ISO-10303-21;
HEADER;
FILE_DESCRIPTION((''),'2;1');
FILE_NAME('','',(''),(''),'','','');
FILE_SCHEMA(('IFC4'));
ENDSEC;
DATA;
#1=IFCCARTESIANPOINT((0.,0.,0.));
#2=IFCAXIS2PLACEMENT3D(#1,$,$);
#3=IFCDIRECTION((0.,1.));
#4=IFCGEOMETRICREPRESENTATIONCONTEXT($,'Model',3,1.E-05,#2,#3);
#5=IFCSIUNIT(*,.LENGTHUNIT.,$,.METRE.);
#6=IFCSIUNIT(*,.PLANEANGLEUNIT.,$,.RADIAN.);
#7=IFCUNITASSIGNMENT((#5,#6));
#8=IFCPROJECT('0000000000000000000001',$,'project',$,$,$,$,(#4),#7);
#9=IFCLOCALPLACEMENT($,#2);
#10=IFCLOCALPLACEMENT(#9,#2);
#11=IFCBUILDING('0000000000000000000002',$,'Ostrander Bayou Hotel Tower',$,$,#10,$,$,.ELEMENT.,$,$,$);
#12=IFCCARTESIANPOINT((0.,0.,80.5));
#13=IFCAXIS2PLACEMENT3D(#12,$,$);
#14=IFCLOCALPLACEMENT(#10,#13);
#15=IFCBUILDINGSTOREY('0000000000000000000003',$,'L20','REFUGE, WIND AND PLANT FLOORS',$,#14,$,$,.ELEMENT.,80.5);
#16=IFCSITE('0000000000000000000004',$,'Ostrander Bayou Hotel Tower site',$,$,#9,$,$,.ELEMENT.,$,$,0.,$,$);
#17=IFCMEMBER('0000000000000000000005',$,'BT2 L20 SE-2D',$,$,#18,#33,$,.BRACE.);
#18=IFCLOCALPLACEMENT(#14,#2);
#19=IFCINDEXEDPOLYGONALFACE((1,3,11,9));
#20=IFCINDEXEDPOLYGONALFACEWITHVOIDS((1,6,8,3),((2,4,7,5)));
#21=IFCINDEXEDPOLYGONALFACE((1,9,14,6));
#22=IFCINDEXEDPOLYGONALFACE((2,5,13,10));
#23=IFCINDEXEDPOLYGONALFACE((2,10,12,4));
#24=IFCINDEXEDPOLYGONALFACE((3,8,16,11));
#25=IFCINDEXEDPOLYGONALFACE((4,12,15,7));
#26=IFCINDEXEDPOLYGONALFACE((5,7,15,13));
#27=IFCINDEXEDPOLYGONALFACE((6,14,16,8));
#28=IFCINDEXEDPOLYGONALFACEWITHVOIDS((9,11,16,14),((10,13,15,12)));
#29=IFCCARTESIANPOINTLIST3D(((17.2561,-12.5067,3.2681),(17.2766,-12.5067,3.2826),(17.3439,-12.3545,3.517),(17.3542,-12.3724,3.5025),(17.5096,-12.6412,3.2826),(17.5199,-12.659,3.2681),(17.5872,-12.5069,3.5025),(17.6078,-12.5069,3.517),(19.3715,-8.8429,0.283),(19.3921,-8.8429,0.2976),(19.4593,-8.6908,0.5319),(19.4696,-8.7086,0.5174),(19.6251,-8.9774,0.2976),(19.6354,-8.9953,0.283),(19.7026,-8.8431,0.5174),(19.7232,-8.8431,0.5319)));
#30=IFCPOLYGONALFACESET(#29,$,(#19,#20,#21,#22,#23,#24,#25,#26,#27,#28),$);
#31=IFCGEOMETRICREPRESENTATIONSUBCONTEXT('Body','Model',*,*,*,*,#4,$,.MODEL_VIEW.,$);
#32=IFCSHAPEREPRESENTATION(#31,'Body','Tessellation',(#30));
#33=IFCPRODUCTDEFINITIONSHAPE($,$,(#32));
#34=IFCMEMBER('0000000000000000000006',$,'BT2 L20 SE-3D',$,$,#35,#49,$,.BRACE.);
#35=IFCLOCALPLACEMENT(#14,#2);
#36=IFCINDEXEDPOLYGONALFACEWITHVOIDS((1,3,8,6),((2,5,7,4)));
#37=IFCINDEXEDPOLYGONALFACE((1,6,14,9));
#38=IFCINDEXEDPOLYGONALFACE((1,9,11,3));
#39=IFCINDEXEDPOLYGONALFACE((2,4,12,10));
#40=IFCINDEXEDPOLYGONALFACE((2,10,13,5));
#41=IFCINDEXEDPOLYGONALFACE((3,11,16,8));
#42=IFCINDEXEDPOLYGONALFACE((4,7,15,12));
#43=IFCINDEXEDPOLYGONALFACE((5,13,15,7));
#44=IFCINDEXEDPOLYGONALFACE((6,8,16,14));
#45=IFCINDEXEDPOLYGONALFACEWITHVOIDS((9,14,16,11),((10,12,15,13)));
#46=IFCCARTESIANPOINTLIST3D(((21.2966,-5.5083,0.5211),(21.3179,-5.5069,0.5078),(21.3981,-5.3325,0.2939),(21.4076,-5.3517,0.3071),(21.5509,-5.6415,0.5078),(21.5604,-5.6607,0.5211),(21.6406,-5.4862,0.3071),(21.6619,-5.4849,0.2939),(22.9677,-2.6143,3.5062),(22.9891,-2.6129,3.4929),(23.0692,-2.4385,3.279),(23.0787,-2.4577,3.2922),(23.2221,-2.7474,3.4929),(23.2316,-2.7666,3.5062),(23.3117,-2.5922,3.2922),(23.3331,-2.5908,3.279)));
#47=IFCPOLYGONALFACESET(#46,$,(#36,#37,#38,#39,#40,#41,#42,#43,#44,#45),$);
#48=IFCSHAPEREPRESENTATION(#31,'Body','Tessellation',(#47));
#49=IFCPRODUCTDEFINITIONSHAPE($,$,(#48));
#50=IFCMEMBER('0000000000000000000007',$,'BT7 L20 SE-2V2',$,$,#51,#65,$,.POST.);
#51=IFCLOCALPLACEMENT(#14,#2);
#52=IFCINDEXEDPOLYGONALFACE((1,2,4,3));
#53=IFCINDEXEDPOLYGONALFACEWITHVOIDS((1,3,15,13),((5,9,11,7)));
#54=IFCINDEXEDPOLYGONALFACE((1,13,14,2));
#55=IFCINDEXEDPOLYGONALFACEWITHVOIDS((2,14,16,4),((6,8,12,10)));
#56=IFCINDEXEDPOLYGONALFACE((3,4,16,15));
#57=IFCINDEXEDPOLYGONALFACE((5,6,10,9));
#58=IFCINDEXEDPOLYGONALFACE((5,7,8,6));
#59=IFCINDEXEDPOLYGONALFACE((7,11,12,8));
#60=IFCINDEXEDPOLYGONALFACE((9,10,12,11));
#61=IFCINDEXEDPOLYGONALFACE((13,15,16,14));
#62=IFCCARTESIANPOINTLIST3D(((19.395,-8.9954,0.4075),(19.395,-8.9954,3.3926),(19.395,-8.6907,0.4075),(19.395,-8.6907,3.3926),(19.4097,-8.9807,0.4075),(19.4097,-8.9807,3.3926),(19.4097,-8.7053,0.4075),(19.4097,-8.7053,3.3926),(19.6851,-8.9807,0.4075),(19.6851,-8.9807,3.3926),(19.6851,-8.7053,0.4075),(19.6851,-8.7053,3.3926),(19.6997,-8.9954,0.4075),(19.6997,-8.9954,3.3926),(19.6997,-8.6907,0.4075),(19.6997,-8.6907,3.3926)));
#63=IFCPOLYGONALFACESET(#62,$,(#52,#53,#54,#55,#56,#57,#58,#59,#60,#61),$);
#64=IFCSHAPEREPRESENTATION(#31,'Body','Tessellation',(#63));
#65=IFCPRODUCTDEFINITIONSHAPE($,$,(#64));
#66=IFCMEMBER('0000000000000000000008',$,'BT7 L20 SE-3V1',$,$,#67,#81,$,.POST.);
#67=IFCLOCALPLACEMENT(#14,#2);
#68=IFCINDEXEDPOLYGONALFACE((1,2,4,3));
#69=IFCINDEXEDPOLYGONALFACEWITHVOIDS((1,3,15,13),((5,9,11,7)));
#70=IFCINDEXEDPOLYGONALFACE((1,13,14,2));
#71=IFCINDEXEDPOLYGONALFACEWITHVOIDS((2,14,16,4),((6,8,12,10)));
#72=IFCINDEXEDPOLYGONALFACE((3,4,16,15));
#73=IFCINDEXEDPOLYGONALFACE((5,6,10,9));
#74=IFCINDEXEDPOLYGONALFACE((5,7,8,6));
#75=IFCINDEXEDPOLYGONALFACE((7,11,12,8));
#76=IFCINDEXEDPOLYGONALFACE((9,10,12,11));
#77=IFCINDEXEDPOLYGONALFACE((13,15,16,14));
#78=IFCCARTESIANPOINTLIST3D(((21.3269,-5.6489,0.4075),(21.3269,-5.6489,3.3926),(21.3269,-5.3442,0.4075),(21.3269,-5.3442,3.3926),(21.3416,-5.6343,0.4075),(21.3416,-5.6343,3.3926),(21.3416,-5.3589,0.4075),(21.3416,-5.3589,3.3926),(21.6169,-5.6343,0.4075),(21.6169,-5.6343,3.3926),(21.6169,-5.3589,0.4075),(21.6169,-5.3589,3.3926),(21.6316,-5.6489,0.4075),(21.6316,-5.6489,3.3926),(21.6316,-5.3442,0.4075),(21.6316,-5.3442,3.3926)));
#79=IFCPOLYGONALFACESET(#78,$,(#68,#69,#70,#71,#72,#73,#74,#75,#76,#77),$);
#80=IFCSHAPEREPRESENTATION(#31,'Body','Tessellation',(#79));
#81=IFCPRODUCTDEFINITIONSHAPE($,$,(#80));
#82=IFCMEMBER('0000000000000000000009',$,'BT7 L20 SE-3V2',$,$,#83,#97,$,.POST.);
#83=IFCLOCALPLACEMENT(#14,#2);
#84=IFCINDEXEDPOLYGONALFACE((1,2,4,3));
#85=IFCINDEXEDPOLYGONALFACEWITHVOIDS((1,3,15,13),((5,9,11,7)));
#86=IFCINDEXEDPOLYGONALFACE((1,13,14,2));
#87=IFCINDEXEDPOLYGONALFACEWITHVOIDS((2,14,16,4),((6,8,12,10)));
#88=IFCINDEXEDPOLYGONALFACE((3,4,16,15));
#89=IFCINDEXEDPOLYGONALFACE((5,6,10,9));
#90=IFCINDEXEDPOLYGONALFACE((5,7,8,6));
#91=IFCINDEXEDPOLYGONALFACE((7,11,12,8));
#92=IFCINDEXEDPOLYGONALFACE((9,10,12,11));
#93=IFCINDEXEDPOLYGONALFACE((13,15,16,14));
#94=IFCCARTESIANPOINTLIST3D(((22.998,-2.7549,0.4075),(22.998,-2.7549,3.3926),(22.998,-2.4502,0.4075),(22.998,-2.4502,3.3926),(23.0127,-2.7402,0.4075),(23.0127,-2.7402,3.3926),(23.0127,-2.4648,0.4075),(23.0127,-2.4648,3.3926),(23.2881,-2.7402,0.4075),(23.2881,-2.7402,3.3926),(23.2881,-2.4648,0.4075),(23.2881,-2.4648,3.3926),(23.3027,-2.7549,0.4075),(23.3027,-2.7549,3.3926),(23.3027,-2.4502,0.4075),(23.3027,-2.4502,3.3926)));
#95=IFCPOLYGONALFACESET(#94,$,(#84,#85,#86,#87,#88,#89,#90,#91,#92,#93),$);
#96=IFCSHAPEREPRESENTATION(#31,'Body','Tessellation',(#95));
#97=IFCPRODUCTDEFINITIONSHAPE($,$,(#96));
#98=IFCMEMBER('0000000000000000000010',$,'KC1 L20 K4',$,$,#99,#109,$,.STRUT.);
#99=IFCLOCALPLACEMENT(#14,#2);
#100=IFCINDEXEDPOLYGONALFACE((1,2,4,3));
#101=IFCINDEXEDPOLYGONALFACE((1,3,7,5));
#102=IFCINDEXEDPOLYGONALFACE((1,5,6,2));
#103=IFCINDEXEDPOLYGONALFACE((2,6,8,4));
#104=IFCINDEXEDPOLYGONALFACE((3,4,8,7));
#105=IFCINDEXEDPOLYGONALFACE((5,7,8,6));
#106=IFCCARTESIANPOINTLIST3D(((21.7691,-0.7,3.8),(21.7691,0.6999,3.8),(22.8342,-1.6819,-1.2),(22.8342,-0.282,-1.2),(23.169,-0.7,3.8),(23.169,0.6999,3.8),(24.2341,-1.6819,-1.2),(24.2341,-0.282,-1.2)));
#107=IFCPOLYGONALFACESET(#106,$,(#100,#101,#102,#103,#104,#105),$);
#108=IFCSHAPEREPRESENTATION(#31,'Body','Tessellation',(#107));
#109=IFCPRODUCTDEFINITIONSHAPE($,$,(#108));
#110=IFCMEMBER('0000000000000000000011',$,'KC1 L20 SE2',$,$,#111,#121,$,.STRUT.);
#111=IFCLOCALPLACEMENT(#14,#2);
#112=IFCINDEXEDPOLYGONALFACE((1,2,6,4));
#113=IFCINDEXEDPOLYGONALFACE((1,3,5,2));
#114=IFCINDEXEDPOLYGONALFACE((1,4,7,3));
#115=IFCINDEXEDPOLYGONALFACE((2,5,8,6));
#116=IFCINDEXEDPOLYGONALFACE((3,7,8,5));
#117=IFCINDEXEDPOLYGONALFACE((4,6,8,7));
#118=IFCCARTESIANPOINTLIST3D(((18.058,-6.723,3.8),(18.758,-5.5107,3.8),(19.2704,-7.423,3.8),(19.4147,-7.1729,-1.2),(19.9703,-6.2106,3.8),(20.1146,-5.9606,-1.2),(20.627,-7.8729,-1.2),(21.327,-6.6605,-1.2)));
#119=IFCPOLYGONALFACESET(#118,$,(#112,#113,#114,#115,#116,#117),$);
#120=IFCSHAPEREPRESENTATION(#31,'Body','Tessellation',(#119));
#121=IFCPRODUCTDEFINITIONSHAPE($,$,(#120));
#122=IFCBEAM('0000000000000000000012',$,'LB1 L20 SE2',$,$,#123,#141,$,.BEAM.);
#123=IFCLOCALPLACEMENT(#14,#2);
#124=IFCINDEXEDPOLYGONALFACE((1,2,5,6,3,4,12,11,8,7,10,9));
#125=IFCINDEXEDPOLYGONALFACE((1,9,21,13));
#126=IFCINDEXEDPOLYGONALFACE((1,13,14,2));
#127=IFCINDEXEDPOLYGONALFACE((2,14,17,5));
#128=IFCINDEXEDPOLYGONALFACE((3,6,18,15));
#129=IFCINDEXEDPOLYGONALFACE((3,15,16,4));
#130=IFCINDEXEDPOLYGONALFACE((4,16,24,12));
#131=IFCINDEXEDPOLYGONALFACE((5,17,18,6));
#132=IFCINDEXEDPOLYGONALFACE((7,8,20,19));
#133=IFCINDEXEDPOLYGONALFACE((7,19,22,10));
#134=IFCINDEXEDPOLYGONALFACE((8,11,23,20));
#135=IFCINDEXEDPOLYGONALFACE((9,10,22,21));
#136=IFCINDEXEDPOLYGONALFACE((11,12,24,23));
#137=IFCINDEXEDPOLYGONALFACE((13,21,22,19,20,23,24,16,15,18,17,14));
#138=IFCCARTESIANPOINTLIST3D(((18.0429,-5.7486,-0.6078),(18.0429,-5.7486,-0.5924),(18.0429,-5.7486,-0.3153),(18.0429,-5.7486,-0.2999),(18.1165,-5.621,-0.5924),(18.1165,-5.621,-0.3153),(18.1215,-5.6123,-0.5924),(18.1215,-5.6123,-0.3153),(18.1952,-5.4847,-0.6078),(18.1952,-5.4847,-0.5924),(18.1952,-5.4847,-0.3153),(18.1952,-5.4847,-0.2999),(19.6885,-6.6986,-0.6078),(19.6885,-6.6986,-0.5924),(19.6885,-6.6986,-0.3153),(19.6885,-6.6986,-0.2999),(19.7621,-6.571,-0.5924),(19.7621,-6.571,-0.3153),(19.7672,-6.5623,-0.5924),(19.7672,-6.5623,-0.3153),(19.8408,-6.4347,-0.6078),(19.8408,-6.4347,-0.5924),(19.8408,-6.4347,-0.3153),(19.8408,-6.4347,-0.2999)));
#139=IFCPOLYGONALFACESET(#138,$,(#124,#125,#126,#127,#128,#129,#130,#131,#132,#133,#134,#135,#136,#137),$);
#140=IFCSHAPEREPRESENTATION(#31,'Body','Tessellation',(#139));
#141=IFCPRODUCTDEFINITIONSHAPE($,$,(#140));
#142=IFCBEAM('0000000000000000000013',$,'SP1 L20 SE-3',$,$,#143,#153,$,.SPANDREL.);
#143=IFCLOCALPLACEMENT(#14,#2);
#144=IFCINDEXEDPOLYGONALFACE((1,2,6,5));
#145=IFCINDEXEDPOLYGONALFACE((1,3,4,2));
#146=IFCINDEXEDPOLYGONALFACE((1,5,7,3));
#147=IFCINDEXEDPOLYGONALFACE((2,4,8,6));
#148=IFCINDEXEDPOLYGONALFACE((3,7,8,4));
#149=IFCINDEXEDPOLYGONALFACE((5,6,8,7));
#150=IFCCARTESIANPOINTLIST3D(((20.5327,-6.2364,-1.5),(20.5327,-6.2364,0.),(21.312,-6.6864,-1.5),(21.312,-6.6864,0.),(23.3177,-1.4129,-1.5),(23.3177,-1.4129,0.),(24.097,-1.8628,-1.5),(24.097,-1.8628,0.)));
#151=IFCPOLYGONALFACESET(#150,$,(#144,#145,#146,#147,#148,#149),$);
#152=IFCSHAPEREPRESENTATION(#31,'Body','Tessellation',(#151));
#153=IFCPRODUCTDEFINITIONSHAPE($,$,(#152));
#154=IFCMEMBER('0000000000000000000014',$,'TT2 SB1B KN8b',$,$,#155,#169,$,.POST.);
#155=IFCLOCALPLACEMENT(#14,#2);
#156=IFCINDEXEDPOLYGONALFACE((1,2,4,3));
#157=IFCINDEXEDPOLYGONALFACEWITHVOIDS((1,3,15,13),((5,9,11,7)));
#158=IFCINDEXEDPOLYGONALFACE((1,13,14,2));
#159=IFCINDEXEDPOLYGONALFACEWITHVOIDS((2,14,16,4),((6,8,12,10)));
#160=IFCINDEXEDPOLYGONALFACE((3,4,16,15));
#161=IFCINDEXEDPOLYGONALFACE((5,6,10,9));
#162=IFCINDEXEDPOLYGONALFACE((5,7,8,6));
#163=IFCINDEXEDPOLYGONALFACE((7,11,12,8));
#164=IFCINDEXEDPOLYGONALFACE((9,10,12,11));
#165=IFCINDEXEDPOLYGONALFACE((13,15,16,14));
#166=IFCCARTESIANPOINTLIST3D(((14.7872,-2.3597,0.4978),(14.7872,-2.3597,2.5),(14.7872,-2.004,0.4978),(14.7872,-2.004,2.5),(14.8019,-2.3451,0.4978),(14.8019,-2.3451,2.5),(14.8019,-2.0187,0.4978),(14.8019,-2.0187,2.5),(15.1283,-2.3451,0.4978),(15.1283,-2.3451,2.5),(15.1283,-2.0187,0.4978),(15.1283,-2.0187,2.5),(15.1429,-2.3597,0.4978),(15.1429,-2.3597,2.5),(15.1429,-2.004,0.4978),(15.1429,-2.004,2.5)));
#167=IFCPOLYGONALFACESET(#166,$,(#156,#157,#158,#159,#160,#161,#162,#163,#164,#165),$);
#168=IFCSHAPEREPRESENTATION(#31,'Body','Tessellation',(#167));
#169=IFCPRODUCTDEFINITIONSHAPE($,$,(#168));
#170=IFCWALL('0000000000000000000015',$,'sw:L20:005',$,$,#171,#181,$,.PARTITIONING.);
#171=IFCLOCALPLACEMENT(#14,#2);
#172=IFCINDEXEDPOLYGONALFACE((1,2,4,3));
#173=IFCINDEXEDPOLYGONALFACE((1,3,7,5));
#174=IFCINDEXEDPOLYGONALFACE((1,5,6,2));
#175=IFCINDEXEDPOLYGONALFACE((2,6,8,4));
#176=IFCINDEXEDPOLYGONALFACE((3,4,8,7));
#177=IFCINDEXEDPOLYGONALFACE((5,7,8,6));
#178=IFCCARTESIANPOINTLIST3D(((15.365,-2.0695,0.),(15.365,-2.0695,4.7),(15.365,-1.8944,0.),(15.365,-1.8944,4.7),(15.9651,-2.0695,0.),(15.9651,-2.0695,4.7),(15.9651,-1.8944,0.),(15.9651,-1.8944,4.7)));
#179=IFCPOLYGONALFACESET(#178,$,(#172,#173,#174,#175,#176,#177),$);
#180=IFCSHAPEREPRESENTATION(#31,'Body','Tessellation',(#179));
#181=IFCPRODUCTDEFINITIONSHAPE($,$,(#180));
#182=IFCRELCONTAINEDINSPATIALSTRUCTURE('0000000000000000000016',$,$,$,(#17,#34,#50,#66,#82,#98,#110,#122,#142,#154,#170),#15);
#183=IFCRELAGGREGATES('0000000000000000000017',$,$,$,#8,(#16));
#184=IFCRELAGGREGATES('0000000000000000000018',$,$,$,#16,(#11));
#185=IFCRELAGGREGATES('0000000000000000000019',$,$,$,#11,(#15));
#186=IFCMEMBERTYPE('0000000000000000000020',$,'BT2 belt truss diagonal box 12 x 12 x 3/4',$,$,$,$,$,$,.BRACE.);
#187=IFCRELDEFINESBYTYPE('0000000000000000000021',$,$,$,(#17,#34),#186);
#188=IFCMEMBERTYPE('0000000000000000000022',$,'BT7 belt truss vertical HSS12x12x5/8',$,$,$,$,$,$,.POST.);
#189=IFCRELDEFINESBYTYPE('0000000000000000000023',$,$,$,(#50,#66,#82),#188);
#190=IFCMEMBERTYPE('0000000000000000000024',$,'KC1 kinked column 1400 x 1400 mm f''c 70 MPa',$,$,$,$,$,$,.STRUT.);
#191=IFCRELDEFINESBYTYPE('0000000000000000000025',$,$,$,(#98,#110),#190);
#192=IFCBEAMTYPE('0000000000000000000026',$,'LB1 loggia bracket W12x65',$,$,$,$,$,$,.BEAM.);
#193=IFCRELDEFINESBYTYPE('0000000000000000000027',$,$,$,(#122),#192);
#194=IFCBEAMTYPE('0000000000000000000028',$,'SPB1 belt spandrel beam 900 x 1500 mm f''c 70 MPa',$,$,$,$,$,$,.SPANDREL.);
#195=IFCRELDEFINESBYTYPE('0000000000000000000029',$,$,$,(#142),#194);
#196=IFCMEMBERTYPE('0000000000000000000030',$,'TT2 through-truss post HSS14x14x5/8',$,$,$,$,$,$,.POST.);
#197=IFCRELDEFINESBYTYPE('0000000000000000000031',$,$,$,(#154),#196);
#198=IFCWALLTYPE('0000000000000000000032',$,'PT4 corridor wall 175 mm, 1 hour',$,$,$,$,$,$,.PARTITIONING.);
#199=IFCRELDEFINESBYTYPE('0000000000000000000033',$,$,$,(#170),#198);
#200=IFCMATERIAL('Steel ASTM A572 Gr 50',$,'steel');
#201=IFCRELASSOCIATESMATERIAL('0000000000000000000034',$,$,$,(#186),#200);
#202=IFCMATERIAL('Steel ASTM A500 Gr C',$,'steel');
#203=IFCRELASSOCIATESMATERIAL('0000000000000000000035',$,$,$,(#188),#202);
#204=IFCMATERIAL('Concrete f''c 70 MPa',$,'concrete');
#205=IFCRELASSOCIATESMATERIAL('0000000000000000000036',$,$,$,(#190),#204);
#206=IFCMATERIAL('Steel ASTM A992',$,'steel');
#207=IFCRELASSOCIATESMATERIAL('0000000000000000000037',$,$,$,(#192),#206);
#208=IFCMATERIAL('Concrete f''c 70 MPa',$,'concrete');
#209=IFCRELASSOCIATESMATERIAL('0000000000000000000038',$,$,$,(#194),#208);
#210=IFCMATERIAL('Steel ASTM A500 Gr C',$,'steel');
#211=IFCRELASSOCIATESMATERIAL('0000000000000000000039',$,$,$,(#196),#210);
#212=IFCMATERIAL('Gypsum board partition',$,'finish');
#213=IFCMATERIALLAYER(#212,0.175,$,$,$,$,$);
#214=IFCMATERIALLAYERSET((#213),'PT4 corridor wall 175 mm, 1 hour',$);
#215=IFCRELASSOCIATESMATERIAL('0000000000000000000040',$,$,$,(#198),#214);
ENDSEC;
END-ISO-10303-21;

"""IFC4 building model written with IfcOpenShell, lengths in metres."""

from ifc_helpers import new_model, si_unit, direction, frame, frame_2d, origin, origin_2d, place, context, subcontext, project, spatial, rectangle, hollow_rectangle, i_section, extrude, material, layer, layer_set, material_profile, profile_set, type_object, element, save


model = new_model("IFC4")

# Units and contexts
model_context = context("Model", 3, precision=1e-05, world=origin(), true_north=direction((0.0, 1.0)))
body_context = subcontext(model_context, "Body", "Model", "MODEL_VIEW")
ifc_project = project(units=[si_unit("LENGTHUNIT", "METRE"), si_unit("PLANEANGLEUNIT", "RADIAN")], contexts=[model_context])

# Site, building, storey
site_placement = place(None, origin())
site = spatial("IfcSite", under=ifc_project, at=site_placement, Name="Ostrander Bayou Hotel Tower site", CompositionType="ELEMENT", RefElevation=0.0)
building_placement = place(site_placement, origin())
building = spatial("IfcBuilding", under=site, at=building_placement, Name="Ostrander Bayou Hotel Tower", CompositionType="ELEMENT")
storey_placement = place(building_placement, frame((0.0, 0.0, 80.5)))
storey = spatial("IfcBuildingStorey", under=building, at=storey_placement, Name="L20", Description="REFUGE, WIND AND PLANT FLOORS", CompositionType="ELEMENT", Elevation=80.5)

# Members
ifc_material_1 = material(Name="Steel ASTM A572 Gr 50", Category="steel")
ifc_material_profile_1 = material_profile(ifc_material_1, hollow_rectangle(XDim=0.3047, YDim=0.3047, WallThickness=0.0178, at=origin_2d()))
ifc_profile_set_1 = profile_set([ifc_material_profile_1], Name="Steel ASTM A572 Gr 50")
member_type_1 = type_object("IfcMemberType", Name="BT2 belt truss diagonal box 12 x 12 x 3/4", PredefinedType="BRACE", material=ifc_profile_set_1)
member_1_placement = place(storey_placement, frame((19.5474, -8.843, 0.4075), z_axis=(-0.408567, -0.7076, 0.57652), x_axis=(0.866008, -0.50003, 0.0)))
element("IfcMember", 1, at=member_1_placement, inside=storey, type_object=member_type_1, Name="BT2 L20 SE-2D", PredefinedType="BRACE", context=body_context, shape_type="SweptSolid", body=[
    extrude(hollow_rectangle(XDim=0.3047, YDim=0.3047, WallThickness=0.0178, at=origin_2d()), origin(), (0.0, 0.0, 1.0), 5.1777),
])
member_2_placement = place(storey_placement, frame((21.4792, -5.4966, 0.4075), z_axis=(0.372942, 0.645852, 0.666175), x_axis=(-0.865991, 0.50006, 0.0)))
element("IfcMember", 2, at=member_2_placement, inside=storey, type_object=member_type_1, Name="BT2 L20 SE-3D", PredefinedType="BRACE", context=body_context, shape_type="SweptSolid", body=[
    extrude(hollow_rectangle(XDim=0.3047, YDim=0.3047, WallThickness=0.0178, at=origin_2d()), origin(), (0.0, 0.0, 1.0), 4.481),
])
ifc_material_2 = material(Name="Steel ASTM A500 Gr C", Category="steel")
ifc_material_profile_2 = material_profile(ifc_material_2, hollow_rectangle(XDim=0.3047, YDim=0.3047, WallThickness=0.0146, at=origin_2d()))
ifc_profile_set_2 = profile_set([ifc_material_profile_2], Name="Steel ASTM A500 Gr C")
member_type_2 = type_object("IfcMemberType", Name="BT7 belt truss vertical HSS12x12x5/8", PredefinedType="POST", material=ifc_profile_set_2)
for number, where, z_axis, x_axis, name in (
    (3, (19.5474, -8.843, 0.4075), (0.0, 0.0, 1.0), (1.0, 0.0, 0.0), "BT7 L20 SE-2V2"),
    (4, (21.4792, -5.4966, 0.4075), (0.0, 0.0, 1.0), (1.0, 0.0, 0.0), "BT7 L20 SE-3V1"),
    (5, (23.1504, -2.6025, 0.4075), (0.0, 0.0, 1.0), (1.0, 0.0, 0.0), "BT7 L20 SE-3V2"),
):
    element("IfcMember", number, at=place(storey_placement, frame(where, z_axis=z_axis, x_axis=x_axis)), inside=storey, type_object=member_type_2, Name=name, PredefinedType="POST", context=body_context, shape_type="SweptSolid", body=[
        extrude(hollow_rectangle(XDim=0.3047, YDim=0.3047, WallThickness=0.0146, at=origin_2d()), origin(), (0.0, 0.0, 1.0), 2.9851),
    ])
ifc_material_3 = material(Name="Concrete f'c 70 MPa", Category="concrete")
ifc_material_profile_3 = material_profile(ifc_material_3, rectangle(XDim=1.3999, YDim=1.3999, at=origin_2d()))
ifc_profile_set_3 = profile_set([ifc_material_profile_3], Name="Concrete f'c 70 MPa")
member_type_3 = type_object("IfcMemberType", Name="KC1 kinked column 1400 x 1400 mm f'c 70 MPa", PredefinedType="STRUT", material=ifc_profile_set_3)
member_3_placement = place(storey_placement, frame((23.5342, -0.9819, -1.2), z_axis=(0.0, 0.0, 1.0), x_axis=(1.0, 0.0, 0.0)))
element("IfcMember", 6, at=member_3_placement, inside=storey, type_object=member_type_3, Name="KC1 L20 K4", PredefinedType="STRUT", context=body_context, shape_type="SweptSolid", body=[
    extrude(rectangle(XDim=1.3999, YDim=1.3999, at=origin_2d()), origin(), (-0.204621, 0.188628, 0.960494), 5.2056),
])
member_4_placement = place(storey_placement, frame((20.3708, -6.9167, -1.2), z_axis=(0.0, 0.0, 1.0), x_axis=(-0.5, -0.866025, 0.0)))
element("IfcMember", 7, at=member_4_placement, inside=storey, type_object=member_type_3, Name="KC1 L20 SE2", PredefinedType="STRUT", context=body_context, shape_type="SweptSolid", body=[
    extrude(rectangle(XDim=1.3999, YDim=1.3999, at=origin_2d()), origin(), (0.055511, -0.269197, 0.961484), 5.2002),
])

# Beams
ifc_material_4 = material(Name="Steel ASTM A992", Category="steel")
ifc_material_profile_4 = material_profile(ifc_material_4, i_section(OverallWidth=0.3047, OverallDepth=0.3079, WebThickness=0.01, FlangeThickness=0.0154, at=origin_2d()))
ifc_profile_set_4 = profile_set([ifc_material_profile_4], Name="Steel ASTM A992")
beam_type_1 = type_object("IfcBeamType", Name="LB1 loggia bracket W12x65", PredefinedType="BEAM", material=ifc_profile_set_4)
beam_1_placement = place(storey_placement, frame((19.7646, -6.5667, -0.4539), z_axis=(-0.866044, 0.499967, 0.0), x_axis=(-0.499967, -0.866044, 0.0)))
element("IfcBeam", 8, at=beam_1_placement, inside=storey, type_object=beam_type_1, Name="LB1 L20 SE2", PredefinedType="BEAM", context=body_context, shape_type="SweptSolid", body=[
    extrude(i_section(OverallWidth=0.3047, OverallDepth=0.3079, WebThickness=0.01, FlangeThickness=0.0154, at=origin_2d()), origin(), (0.0, 0.0, 1.0), 1.9001),
])
ifc_material_5 = material(Name="Concrete f'c 70 MPa", Category="concrete")
ifc_material_profile_5 = material_profile(ifc_material_5, rectangle(XDim=0.8999, YDim=1.5, at=origin_2d()))
ifc_profile_set_5 = profile_set([ifc_material_profile_5], Name="Concrete f'c 70 MPa")
beam_type_2 = type_object("IfcBeamType", Name="SPB1 belt spandrel beam 900 x 1500 mm f'c 70 MPa", PredefinedType="SPANDREL", material=ifc_profile_set_5)
beam_2_placement = place(storey_placement, frame((20.9224, -6.4614, -0.75), z_axis=(0.50001, 0.86602, 0.0), x_axis=(-0.86602, 0.50001, 0.0)))
element("IfcBeam", 9, at=beam_2_placement, inside=storey, type_object=beam_type_2, Name="SP1 L20 SE-3", PredefinedType="SPANDREL", context=body_context, shape_type="SweptSolid", body=[
    extrude(rectangle(XDim=0.8999, YDim=1.5, at=origin_2d()), origin(), (0.0, 0.0, 1.0), 5.5698),
])

# Member
ifc_material_6 = material(Name="Steel ASTM A500 Gr C", Category="steel")
ifc_material_profile_6 = material_profile(ifc_material_6, hollow_rectangle(XDim=0.3557, YDim=0.3557, WallThickness=0.0146, at=origin_2d()))
ifc_profile_set_6 = profile_set([ifc_material_profile_6], Name="Steel ASTM A500 Gr C")
member_type_4 = type_object("IfcMemberType", Name="TT2 through-truss post HSS14x14x5/8", PredefinedType="POST", material=ifc_profile_set_6)
member_5_placement = place(storey_placement, frame((14.9651, -2.1819, 0.4978), z_axis=(0.0, 0.0, 1.0), x_axis=(1.0, 0.0, 0.0)))
element("IfcMember", 10, at=member_5_placement, inside=storey, type_object=member_type_4, Name="TT2 SB1B KN8b", PredefinedType="POST", context=body_context, shape_type="SweptSolid", body=[
    extrude(hollow_rectangle(XDim=0.3557, YDim=0.3557, WallThickness=0.0146, at=origin_2d()), origin(), (0.0, 0.0, 1.0), 2.0022),
])

# Wall
ifc_material_7 = material(Name="Gypsum board partition", Category="finish")
ifc_layer_1 = layer(ifc_material_7, 0.175)
ifc_layer_set_1 = layer_set([ifc_layer_1], Name="PT4 corridor wall 175 mm, 1 hour")
wall_type_1 = type_object("IfcWallType", Name="PT4 corridor wall 175 mm, 1 hour", PredefinedType="PARTITIONING", material=ifc_layer_set_1)
wall_1_placement = place(storey_placement, frame((15.365, -1.9819, 0.0), z_axis=(0.0, 0.0, 1.0), x_axis=(1.0, 0.0, 0.0)))
element("IfcWall", 11, at=wall_1_placement, inside=storey, type_object=wall_type_1, Name="sw:L20:005", PredefinedType="PARTITIONING", context=body_context, shape_type="SweptSolid", body=[
    extrude(rectangle(XDim=0.6001, YDim=0.175, at=frame_2d((0.3, 0.0))), origin(), (0.0, 0.0, 1.0), 4.7),
])

save(model, "model.ifc")
